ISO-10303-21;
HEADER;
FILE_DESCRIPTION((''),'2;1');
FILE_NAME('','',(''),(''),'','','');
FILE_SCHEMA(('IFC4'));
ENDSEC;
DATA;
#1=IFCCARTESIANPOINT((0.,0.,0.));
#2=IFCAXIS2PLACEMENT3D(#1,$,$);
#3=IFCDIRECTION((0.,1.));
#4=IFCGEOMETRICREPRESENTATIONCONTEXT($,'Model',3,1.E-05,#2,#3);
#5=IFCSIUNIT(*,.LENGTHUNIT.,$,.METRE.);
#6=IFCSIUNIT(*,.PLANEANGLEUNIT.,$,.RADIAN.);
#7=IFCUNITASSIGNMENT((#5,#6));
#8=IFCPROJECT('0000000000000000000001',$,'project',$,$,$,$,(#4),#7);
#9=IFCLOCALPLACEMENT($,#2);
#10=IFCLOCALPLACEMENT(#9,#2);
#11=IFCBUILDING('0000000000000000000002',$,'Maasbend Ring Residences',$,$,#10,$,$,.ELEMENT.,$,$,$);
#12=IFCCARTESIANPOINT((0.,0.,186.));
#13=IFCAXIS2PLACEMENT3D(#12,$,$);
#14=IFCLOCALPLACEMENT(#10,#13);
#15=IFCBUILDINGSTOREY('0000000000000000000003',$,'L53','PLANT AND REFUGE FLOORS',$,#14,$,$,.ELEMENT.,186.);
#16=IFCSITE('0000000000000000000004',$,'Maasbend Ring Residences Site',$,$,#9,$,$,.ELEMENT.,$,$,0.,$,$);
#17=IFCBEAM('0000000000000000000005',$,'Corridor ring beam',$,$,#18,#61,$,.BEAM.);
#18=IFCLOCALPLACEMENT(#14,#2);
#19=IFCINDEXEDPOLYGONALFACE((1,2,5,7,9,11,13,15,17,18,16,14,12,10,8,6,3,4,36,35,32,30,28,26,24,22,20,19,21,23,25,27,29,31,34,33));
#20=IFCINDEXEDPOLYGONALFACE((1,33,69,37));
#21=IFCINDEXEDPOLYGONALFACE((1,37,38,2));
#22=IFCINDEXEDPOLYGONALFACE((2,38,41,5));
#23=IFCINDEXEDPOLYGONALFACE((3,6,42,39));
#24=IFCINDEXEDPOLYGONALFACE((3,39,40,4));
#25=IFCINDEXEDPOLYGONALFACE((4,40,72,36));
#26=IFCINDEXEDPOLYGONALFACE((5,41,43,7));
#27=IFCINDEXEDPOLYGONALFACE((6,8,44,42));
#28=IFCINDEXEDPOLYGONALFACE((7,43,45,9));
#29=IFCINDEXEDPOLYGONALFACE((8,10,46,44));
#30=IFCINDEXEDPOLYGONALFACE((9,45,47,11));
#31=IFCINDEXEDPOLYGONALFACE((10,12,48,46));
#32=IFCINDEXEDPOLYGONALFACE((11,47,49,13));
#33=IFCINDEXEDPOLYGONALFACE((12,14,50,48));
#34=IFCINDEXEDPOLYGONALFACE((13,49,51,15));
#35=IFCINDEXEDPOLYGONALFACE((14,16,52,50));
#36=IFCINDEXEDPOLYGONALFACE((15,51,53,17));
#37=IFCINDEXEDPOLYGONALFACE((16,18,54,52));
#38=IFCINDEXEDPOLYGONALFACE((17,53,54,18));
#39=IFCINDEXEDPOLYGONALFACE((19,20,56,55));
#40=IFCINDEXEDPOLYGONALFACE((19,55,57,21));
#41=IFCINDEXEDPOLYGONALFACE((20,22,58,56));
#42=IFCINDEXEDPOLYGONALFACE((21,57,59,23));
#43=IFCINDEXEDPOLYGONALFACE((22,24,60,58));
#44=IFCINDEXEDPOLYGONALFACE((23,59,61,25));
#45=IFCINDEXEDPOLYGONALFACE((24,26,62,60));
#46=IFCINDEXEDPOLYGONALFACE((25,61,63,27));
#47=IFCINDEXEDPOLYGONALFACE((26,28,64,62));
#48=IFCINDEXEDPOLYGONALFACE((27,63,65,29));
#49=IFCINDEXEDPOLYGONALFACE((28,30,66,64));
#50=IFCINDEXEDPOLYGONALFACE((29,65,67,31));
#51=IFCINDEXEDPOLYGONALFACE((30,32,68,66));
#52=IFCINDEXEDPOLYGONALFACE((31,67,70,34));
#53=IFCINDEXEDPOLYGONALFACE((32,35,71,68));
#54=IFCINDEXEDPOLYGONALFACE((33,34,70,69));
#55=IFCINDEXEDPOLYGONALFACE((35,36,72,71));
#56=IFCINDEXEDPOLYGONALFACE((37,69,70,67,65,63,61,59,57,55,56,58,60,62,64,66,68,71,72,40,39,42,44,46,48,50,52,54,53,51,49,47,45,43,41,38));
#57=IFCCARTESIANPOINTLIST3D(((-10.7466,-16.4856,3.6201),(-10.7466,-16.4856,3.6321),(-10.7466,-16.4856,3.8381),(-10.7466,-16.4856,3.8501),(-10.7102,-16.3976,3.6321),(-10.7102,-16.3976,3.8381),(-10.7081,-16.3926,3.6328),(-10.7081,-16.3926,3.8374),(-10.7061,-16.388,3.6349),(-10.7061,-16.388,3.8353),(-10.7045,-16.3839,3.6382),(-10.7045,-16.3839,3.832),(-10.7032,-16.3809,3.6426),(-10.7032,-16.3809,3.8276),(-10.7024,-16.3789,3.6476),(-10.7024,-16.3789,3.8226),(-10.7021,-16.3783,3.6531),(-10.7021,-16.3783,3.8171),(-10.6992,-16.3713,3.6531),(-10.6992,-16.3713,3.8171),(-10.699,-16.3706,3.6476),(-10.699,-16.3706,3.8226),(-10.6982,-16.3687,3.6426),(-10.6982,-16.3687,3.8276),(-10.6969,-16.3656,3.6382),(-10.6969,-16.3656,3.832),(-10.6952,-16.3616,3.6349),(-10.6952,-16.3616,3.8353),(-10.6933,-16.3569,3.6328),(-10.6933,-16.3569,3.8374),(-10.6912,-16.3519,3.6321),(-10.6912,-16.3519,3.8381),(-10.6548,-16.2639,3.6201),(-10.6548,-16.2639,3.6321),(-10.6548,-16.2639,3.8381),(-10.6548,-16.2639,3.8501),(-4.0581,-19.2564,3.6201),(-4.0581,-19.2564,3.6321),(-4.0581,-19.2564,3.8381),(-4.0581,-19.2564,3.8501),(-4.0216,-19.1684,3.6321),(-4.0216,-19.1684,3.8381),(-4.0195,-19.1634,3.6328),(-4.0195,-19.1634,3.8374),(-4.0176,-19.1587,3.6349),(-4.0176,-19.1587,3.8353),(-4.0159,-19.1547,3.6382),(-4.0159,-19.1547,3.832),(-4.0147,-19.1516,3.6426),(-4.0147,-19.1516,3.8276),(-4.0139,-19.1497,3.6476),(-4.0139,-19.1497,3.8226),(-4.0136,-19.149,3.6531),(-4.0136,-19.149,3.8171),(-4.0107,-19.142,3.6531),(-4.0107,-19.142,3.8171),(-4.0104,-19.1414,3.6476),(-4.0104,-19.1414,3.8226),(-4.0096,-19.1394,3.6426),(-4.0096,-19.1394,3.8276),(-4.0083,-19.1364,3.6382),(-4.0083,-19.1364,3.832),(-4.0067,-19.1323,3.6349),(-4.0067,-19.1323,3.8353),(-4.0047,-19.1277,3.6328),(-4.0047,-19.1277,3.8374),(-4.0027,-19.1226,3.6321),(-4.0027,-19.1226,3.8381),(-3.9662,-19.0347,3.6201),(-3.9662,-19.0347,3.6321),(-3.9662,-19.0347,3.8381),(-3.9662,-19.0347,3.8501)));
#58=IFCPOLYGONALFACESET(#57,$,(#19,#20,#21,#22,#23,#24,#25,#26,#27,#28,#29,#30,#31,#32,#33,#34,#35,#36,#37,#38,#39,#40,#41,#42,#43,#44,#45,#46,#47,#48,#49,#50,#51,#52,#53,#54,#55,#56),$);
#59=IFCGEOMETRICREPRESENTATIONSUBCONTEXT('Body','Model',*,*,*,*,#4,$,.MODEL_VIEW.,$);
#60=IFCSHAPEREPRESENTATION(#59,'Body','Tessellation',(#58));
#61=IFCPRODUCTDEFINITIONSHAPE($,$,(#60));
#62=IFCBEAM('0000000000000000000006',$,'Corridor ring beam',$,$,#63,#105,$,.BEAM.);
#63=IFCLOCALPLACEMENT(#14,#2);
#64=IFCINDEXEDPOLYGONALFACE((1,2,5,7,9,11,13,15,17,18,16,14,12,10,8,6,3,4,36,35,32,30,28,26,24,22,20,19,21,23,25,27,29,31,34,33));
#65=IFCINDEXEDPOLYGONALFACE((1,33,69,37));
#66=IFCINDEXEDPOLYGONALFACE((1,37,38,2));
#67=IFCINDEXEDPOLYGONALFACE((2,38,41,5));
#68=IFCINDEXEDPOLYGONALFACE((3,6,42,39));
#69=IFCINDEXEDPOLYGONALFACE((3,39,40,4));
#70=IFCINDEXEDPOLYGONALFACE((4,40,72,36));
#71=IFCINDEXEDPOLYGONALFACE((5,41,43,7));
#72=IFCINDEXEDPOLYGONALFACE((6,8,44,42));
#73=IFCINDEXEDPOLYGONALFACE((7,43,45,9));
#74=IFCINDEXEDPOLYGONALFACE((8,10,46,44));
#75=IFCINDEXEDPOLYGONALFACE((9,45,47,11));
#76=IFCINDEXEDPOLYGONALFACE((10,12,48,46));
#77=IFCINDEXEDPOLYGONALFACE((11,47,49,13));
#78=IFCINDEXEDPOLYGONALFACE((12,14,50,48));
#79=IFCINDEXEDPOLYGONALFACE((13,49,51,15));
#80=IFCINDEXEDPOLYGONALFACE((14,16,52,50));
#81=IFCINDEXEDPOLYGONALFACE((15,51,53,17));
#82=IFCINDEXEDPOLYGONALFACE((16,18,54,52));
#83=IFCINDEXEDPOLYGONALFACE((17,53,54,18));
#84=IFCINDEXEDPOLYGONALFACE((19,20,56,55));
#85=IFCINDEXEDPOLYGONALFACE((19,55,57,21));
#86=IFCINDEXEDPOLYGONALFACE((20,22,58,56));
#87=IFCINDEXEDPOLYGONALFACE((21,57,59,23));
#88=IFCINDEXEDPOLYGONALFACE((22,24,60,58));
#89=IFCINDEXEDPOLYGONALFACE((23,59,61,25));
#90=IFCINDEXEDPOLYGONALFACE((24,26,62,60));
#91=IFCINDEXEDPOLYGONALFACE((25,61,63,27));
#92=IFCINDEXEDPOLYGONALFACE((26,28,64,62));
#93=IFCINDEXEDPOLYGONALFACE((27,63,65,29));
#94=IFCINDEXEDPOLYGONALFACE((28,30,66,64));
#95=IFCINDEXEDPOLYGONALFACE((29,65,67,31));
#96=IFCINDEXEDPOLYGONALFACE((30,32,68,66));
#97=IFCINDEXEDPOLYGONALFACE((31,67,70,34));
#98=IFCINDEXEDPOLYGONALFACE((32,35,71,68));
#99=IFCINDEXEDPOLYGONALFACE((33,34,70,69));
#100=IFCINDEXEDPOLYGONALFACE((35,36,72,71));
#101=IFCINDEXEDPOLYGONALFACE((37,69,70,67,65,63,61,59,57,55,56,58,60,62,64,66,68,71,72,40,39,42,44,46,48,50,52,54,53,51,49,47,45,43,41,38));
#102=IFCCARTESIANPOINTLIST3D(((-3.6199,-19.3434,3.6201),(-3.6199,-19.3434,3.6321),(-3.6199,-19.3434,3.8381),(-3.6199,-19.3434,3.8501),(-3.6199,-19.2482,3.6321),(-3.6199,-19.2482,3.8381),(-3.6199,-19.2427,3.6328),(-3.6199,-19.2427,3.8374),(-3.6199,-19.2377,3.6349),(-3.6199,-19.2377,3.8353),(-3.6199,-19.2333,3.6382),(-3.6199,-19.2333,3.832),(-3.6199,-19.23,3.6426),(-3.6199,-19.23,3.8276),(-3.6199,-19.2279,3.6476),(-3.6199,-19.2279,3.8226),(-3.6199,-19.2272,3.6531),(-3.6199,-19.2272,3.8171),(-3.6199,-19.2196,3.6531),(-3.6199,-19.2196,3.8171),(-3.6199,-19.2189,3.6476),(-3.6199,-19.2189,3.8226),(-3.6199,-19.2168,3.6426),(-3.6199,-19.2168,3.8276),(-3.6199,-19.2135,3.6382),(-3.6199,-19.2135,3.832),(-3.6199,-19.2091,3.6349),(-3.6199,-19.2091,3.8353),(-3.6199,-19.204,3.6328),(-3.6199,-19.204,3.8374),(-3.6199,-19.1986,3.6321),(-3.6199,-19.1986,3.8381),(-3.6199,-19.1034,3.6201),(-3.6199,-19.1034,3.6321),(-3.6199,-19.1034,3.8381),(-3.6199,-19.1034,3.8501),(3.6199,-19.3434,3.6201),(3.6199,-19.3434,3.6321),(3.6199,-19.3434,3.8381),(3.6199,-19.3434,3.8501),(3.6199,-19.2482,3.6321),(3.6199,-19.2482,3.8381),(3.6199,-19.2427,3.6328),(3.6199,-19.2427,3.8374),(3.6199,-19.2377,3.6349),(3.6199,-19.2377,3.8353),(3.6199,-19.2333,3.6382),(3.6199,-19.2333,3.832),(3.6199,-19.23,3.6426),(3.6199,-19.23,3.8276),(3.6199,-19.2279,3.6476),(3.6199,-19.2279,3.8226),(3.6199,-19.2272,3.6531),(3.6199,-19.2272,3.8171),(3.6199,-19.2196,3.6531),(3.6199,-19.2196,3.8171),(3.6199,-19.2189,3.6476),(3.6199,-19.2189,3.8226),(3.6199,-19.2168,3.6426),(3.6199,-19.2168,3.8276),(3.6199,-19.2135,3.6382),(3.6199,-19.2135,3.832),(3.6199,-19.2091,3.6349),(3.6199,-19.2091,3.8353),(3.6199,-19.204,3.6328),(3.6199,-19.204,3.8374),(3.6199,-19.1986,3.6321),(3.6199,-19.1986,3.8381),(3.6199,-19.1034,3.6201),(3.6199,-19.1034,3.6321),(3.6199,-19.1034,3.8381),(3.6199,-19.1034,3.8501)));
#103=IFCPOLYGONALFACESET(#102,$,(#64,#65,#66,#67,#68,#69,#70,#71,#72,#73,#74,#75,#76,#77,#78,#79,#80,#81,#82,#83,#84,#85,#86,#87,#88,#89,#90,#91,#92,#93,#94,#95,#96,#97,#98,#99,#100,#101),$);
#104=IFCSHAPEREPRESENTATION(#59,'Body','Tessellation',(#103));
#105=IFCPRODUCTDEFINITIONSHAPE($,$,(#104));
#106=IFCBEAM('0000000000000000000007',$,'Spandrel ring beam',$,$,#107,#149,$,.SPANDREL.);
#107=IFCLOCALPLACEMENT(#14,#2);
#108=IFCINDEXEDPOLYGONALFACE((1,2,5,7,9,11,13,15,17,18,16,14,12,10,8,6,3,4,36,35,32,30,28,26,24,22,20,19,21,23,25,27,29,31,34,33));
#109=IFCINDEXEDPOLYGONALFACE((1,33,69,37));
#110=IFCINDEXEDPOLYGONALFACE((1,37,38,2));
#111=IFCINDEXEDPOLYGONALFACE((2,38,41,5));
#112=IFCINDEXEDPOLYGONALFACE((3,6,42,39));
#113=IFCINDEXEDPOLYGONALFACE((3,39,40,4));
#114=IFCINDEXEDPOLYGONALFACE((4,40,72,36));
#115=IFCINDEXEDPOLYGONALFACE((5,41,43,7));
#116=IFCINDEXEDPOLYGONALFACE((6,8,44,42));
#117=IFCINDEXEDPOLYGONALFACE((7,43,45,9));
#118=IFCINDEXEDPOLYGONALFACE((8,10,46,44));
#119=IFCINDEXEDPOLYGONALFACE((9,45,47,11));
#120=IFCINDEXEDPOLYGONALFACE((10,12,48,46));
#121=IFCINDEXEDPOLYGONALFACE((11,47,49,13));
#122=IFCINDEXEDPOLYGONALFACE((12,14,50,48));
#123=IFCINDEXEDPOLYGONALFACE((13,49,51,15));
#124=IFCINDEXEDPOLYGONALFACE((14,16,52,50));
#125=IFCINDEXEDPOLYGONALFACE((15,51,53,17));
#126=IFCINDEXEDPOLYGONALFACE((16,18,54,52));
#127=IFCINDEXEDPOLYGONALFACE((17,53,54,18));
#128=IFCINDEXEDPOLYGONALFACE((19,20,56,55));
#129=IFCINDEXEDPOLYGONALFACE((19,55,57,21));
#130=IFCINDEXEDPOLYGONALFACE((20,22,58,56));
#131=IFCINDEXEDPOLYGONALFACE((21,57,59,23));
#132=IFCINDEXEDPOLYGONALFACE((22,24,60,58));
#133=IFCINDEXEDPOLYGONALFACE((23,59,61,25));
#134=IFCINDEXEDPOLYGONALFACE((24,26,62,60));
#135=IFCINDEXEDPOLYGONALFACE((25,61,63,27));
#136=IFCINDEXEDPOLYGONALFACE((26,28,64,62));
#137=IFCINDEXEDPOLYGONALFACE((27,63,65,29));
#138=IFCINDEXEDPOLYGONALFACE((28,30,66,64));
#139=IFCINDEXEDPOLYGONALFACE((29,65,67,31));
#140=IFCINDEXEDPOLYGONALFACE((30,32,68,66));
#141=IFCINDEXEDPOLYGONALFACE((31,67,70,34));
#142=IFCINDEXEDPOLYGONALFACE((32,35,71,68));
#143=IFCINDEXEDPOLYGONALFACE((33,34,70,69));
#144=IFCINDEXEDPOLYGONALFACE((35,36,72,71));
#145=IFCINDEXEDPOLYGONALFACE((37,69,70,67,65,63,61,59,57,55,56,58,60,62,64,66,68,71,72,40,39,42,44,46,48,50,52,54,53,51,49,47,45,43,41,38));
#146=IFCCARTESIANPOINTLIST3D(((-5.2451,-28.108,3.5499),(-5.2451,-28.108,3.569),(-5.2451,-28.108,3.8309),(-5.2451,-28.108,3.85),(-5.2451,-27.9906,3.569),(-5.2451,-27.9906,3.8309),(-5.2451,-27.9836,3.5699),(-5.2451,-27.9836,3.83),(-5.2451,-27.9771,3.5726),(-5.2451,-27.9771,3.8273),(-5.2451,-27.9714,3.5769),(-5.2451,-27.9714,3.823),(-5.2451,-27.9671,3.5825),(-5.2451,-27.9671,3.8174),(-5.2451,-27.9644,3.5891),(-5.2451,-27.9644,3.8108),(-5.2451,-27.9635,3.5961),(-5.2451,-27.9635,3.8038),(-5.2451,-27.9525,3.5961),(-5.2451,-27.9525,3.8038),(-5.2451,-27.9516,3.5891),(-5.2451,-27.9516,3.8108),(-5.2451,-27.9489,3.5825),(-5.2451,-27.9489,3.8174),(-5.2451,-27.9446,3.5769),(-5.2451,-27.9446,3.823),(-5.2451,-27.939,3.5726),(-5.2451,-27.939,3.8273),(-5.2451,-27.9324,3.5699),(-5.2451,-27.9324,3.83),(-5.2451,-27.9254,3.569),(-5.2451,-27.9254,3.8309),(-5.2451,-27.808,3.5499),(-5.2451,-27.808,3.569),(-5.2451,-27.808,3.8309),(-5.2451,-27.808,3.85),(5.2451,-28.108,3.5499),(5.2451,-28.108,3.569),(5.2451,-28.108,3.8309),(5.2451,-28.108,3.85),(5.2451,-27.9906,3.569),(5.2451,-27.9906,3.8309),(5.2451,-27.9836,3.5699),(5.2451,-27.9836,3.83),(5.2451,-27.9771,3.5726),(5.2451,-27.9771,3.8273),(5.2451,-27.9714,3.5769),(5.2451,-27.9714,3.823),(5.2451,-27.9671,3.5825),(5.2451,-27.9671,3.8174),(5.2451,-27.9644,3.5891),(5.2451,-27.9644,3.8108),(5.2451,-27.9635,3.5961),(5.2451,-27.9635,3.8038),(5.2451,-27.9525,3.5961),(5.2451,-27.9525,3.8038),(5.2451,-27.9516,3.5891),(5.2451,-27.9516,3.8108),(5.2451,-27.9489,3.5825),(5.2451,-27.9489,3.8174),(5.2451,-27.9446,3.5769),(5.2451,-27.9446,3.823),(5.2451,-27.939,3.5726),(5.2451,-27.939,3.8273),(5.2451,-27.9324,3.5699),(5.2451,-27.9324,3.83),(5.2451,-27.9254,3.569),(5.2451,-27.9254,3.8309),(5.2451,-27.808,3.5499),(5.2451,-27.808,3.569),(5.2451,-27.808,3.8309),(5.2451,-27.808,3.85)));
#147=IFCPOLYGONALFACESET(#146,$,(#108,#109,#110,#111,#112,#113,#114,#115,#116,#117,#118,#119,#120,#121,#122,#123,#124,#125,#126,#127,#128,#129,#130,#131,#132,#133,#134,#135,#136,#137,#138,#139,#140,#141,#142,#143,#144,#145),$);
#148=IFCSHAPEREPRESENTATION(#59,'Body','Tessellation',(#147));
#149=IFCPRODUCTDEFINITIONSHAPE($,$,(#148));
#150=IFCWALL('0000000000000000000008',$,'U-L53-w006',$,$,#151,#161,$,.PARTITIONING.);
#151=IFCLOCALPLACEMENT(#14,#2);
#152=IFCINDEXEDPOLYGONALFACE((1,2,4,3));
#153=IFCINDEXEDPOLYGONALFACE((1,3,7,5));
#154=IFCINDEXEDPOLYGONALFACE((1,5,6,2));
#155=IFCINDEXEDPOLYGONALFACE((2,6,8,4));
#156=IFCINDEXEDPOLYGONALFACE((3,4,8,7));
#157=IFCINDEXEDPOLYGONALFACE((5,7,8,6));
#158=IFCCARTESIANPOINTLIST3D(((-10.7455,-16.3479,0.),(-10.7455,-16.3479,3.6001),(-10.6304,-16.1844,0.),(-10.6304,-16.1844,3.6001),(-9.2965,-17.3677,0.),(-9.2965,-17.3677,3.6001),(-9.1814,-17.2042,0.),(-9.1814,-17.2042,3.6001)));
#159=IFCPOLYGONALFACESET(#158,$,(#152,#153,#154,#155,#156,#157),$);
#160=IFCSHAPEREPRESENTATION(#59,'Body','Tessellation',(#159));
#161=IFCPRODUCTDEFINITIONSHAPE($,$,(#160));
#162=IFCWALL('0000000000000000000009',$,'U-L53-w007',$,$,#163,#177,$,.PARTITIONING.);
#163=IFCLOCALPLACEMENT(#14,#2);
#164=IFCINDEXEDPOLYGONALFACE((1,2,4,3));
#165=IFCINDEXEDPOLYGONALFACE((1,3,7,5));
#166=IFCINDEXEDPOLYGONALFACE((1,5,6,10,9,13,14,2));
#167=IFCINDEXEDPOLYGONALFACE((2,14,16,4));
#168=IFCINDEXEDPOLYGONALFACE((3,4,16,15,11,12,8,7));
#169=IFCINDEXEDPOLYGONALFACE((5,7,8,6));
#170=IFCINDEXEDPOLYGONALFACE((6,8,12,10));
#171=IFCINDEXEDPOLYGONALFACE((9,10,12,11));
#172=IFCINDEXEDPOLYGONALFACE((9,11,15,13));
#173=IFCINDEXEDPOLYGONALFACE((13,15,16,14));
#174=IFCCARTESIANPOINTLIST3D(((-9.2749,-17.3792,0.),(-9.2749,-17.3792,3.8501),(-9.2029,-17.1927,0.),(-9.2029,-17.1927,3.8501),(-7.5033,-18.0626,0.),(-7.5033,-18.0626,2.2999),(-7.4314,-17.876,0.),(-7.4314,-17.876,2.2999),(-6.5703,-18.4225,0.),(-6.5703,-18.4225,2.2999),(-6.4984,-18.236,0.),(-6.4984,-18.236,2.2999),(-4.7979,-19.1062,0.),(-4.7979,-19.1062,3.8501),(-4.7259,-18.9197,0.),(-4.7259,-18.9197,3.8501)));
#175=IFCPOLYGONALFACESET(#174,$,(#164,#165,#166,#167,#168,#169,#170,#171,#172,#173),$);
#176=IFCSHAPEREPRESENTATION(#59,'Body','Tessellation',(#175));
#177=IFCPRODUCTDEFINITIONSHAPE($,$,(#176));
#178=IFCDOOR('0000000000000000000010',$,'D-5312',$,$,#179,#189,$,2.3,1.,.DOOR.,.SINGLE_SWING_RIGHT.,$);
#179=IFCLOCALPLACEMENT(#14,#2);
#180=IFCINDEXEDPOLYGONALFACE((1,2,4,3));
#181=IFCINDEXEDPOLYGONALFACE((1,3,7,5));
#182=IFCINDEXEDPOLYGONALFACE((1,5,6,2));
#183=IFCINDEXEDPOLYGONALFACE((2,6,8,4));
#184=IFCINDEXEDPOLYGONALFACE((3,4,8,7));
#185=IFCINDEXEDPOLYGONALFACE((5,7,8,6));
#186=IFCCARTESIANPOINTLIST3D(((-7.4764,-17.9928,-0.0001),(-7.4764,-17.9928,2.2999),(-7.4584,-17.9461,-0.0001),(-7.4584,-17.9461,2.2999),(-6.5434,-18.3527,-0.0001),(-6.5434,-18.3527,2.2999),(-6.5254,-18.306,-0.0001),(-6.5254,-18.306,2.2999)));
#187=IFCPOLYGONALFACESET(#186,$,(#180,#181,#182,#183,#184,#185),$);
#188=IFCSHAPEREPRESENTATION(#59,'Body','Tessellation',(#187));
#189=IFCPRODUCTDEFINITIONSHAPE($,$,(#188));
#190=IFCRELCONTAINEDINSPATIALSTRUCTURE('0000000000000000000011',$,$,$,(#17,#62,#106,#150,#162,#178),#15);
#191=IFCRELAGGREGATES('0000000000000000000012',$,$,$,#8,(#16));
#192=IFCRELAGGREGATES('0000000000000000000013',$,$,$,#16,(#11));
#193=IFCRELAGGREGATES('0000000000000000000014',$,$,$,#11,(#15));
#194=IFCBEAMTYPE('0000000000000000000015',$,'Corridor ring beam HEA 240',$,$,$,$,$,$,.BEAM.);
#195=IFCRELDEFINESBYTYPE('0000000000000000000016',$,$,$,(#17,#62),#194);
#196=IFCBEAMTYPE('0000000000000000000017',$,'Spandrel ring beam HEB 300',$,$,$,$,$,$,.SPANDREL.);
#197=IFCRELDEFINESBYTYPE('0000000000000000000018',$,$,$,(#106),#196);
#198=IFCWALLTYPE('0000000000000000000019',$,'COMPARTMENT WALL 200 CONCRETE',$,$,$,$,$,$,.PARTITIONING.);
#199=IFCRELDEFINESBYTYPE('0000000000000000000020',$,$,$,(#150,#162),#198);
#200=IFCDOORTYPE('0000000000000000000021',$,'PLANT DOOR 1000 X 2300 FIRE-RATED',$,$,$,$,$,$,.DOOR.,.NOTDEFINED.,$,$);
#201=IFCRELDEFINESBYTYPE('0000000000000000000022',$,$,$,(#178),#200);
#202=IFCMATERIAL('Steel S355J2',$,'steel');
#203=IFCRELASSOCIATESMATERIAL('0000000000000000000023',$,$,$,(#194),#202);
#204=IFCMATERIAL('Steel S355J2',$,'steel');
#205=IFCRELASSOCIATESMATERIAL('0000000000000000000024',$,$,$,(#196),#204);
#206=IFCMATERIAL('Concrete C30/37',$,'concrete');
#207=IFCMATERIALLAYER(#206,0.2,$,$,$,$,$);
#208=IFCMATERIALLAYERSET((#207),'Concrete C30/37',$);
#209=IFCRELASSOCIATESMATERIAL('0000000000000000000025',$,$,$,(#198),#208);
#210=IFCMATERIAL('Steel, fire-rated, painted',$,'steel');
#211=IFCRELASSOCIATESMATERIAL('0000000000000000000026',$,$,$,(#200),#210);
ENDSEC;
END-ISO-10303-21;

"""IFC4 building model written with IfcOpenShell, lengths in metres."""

from ifc_helpers import new_model, si_unit, direction, frame, frame_2d, origin, origin_2d, place, context, subcontext, project, spatial, rectangle, i_section, extrude, material, layer, layer_set, material_profile, profile_set, type_object, element, fill, save


model = new_model("IFC4")

# Units and contexts
model_context = context("Model", 3, precision=1e-05, world=origin(), true_north=direction((0.0, 1.0)))
body_context = subcontext(model_context, "Body", "Model", "MODEL_VIEW")
ifc_project = project(units=[si_unit("LENGTHUNIT", "METRE"), si_unit("PLANEANGLEUNIT", "RADIAN")], contexts=[model_context])

# Site, building, storey
site_placement = place(None, origin())
site = spatial("IfcSite", under=ifc_project, at=site_placement, Name="Maasbend Ring Residences Site", CompositionType="ELEMENT", RefElevation=0.0)
building_placement = place(site_placement, origin())
building = spatial("IfcBuilding", under=site, at=building_placement, Name="Maasbend Ring Residences", CompositionType="ELEMENT")
storey_placement = place(building_placement, frame((0.0, 0.0, 186.0)))
storey = spatial("IfcBuildingStorey", under=building, at=storey_placement, Name="L53", Description="PLANT AND REFUGE FLOORS", CompositionType="ELEMENT", Elevation=186.0)

# Beams
ifc_material_1 = material(Name="Steel S355J2", Category="steel")
ifc_material_profile_1 = material_profile(ifc_material_1, i_section(OverallWidth=0.24, OverallDepth=0.23, WebThickness=0.0076, FlangeThickness=0.012, FilletRadius=0.021, at=origin_2d()), Name="HEA 240")
ifc_profile_set_1 = profile_set([ifc_material_profile_1], Name="Steel S355J2")
beam_type_1 = type_object("IfcBeamType", Name="Corridor ring beam HEA 240", PredefinedType="BEAM", material=ifc_profile_set_1)
for number, where, z_axis, x_axis, name in (
    (1, (-10.7007, -16.3748, 3.7351), (0.923865, -0.382718, 0.0), (0.382718, 0.923865, 0.0), "Corridor ring beam"),
    (2, (-3.6199, -19.2234, 3.7351), (1.0, 0.0, 0.0), (0.0, 1.0, 0.0), "Corridor ring beam"),
):
    element("IfcBeam", number, at=place(storey_placement, frame(where, z_axis=z_axis, x_axis=x_axis)), inside=storey, type_object=beam_type_1, Name=name, PredefinedType="BEAM", context=body_context, shape_type="SweptSolid", body=[
        extrude(i_section(OverallWidth=0.24, OverallDepth=0.23, WebThickness=0.0076, FlangeThickness=0.012, FilletRadius=0.021, at=origin_2d()), origin(), (0.0, 0.0, 1.0), 7.2397),
    ])
ifc_material_2 = material(Name="Steel S355J2", Category="steel")
ifc_material_profile_2 = material_profile(ifc_material_2, i_section(OverallWidth=0.3, OverallDepth=0.3, WebThickness=0.011, FlangeThickness=0.019, FilletRadius=0.0271, at=origin_2d()), Name="HEB 300")
ifc_profile_set_2 = profile_set([ifc_material_profile_2], Name="Steel S355J2")
beam_type_2 = type_object("IfcBeamType", Name="Spandrel ring beam HEB 300", PredefinedType="SPANDREL", material=ifc_profile_set_2)
beam_placement = place(storey_placement, frame((-5.2451, -27.958, 3.7), z_axis=(1.0, 0.0, 0.0), x_axis=(0.0, 1.0, 0.0)))
element("IfcBeam", 3, at=beam_placement, inside=storey, type_object=beam_type_2, Name="Spandrel ring beam", PredefinedType="SPANDREL", context=body_context, shape_type="SweptSolid", body=[
    extrude(i_section(OverallWidth=0.3, OverallDepth=0.3, WebThickness=0.011, FlangeThickness=0.019, FilletRadius=0.0271, at=origin_2d()), origin(), (0.0, 0.0, 1.0), 10.4902),
])

# Wall
ifc_material_3 = material(Name="Concrete C30/37", Category="concrete")
ifc_layer_1 = layer(ifc_material_3, 0.2)
ifc_layer_set_1 = layer_set([ifc_layer_1], Name="Concrete C30/37")
wall_type_1 = type_object("IfcWallType", Name="COMPARTMENT WALL 200 CONCRETE", PredefinedType="PARTITIONING", material=ifc_layer_set_1)
wall_1_placement = place(storey_placement, frame((-10.688, -16.2661, 0.0), z_axis=(0.0, 0.0, 1.0), x_axis=(0.817773, -0.575541, 0.0)))
element("IfcWall", 4, at=wall_1_placement, inside=storey, type_object=wall_type_1, Name="U-L53-w006", PredefinedType="PARTITIONING", context=body_context, shape_type="SweptSolid", body=[
    extrude(rectangle(XDim=1.772, YDim=0.2, at=frame_2d((0.886, 0.0))), origin(), (0.0, 0.0, 1.0), 3.6001),
])

# Wall, opening, door
wall_2_placement = place(storey_placement, frame((-9.239, -17.2859, 0.0), z_axis=(0.0, 0.0, 1.0), x_axis=(0.932988, -0.359906, 0.0)))
wall_2 = element("IfcWall", 5, at=wall_2_placement, inside=storey, type_object=wall_type_1, Name="U-L53-w007", PredefinedType="PARTITIONING", context=body_context, shape_type="SweptSolid", body=[
    extrude(rectangle(XDim=4.7986, YDim=0.2, at=frame_2d((2.3994, 0.0))), origin(), (0.0, 0.0, 1.0), 3.8501),
])
opening_1_placement = place(wall_2_placement, frame((1.8989, 0.0, 0.0)))
opening_1 = element("IfcOpeningElement", 6, at=opening_1_placement, cuts=wall_2, PredefinedType="OPENING", context=body_context, shape_type="SweptSolid", body=[
    extrude(rectangle(XDim=1.0, YDim=2.3, at=frame_2d((0.5, 1.1499))), frame((0.0, 0.1099, 0.0), z_axis=(0.0, -1.0, 0.0), x_axis=(1.0, 0.0, 0.0)), (0.0, 0.0, 1.0), 0.22),
])
ifc_material_4 = material(Name="Steel, fire-rated, painted", Category="steel")
door_type = type_object("IfcDoorType", Name="PLANT DOOR 1000 X 2300 FIRE-RATED", OperationType="NOTDEFINED", PredefinedType="DOOR", material=ifc_material_4)
door_1_placement = place(opening_1_placement, origin())
door_1 = element("IfcDoor", 7, at=door_1_placement, inside=storey, type_object=door_type, Name="D-5312", OperationType="SINGLE_SWING_RIGHT", OverallHeight=2.3, OverallWidth=1.0, PredefinedType="DOOR", context=body_context, shape_type="SweptSolid", body=[
    extrude(rectangle(XDim=1.0, YDim=2.3, at=frame_2d((0.5, 1.1499))), frame((0.0, 0.0249, 0.0), z_axis=(0.0, -1.0, 0.0), x_axis=(1.0, 0.0, 0.0)), (0.0, 0.0, 1.0), 0.05),
])
fill(opening_1, door_1)

save(model, "model.ifc")
